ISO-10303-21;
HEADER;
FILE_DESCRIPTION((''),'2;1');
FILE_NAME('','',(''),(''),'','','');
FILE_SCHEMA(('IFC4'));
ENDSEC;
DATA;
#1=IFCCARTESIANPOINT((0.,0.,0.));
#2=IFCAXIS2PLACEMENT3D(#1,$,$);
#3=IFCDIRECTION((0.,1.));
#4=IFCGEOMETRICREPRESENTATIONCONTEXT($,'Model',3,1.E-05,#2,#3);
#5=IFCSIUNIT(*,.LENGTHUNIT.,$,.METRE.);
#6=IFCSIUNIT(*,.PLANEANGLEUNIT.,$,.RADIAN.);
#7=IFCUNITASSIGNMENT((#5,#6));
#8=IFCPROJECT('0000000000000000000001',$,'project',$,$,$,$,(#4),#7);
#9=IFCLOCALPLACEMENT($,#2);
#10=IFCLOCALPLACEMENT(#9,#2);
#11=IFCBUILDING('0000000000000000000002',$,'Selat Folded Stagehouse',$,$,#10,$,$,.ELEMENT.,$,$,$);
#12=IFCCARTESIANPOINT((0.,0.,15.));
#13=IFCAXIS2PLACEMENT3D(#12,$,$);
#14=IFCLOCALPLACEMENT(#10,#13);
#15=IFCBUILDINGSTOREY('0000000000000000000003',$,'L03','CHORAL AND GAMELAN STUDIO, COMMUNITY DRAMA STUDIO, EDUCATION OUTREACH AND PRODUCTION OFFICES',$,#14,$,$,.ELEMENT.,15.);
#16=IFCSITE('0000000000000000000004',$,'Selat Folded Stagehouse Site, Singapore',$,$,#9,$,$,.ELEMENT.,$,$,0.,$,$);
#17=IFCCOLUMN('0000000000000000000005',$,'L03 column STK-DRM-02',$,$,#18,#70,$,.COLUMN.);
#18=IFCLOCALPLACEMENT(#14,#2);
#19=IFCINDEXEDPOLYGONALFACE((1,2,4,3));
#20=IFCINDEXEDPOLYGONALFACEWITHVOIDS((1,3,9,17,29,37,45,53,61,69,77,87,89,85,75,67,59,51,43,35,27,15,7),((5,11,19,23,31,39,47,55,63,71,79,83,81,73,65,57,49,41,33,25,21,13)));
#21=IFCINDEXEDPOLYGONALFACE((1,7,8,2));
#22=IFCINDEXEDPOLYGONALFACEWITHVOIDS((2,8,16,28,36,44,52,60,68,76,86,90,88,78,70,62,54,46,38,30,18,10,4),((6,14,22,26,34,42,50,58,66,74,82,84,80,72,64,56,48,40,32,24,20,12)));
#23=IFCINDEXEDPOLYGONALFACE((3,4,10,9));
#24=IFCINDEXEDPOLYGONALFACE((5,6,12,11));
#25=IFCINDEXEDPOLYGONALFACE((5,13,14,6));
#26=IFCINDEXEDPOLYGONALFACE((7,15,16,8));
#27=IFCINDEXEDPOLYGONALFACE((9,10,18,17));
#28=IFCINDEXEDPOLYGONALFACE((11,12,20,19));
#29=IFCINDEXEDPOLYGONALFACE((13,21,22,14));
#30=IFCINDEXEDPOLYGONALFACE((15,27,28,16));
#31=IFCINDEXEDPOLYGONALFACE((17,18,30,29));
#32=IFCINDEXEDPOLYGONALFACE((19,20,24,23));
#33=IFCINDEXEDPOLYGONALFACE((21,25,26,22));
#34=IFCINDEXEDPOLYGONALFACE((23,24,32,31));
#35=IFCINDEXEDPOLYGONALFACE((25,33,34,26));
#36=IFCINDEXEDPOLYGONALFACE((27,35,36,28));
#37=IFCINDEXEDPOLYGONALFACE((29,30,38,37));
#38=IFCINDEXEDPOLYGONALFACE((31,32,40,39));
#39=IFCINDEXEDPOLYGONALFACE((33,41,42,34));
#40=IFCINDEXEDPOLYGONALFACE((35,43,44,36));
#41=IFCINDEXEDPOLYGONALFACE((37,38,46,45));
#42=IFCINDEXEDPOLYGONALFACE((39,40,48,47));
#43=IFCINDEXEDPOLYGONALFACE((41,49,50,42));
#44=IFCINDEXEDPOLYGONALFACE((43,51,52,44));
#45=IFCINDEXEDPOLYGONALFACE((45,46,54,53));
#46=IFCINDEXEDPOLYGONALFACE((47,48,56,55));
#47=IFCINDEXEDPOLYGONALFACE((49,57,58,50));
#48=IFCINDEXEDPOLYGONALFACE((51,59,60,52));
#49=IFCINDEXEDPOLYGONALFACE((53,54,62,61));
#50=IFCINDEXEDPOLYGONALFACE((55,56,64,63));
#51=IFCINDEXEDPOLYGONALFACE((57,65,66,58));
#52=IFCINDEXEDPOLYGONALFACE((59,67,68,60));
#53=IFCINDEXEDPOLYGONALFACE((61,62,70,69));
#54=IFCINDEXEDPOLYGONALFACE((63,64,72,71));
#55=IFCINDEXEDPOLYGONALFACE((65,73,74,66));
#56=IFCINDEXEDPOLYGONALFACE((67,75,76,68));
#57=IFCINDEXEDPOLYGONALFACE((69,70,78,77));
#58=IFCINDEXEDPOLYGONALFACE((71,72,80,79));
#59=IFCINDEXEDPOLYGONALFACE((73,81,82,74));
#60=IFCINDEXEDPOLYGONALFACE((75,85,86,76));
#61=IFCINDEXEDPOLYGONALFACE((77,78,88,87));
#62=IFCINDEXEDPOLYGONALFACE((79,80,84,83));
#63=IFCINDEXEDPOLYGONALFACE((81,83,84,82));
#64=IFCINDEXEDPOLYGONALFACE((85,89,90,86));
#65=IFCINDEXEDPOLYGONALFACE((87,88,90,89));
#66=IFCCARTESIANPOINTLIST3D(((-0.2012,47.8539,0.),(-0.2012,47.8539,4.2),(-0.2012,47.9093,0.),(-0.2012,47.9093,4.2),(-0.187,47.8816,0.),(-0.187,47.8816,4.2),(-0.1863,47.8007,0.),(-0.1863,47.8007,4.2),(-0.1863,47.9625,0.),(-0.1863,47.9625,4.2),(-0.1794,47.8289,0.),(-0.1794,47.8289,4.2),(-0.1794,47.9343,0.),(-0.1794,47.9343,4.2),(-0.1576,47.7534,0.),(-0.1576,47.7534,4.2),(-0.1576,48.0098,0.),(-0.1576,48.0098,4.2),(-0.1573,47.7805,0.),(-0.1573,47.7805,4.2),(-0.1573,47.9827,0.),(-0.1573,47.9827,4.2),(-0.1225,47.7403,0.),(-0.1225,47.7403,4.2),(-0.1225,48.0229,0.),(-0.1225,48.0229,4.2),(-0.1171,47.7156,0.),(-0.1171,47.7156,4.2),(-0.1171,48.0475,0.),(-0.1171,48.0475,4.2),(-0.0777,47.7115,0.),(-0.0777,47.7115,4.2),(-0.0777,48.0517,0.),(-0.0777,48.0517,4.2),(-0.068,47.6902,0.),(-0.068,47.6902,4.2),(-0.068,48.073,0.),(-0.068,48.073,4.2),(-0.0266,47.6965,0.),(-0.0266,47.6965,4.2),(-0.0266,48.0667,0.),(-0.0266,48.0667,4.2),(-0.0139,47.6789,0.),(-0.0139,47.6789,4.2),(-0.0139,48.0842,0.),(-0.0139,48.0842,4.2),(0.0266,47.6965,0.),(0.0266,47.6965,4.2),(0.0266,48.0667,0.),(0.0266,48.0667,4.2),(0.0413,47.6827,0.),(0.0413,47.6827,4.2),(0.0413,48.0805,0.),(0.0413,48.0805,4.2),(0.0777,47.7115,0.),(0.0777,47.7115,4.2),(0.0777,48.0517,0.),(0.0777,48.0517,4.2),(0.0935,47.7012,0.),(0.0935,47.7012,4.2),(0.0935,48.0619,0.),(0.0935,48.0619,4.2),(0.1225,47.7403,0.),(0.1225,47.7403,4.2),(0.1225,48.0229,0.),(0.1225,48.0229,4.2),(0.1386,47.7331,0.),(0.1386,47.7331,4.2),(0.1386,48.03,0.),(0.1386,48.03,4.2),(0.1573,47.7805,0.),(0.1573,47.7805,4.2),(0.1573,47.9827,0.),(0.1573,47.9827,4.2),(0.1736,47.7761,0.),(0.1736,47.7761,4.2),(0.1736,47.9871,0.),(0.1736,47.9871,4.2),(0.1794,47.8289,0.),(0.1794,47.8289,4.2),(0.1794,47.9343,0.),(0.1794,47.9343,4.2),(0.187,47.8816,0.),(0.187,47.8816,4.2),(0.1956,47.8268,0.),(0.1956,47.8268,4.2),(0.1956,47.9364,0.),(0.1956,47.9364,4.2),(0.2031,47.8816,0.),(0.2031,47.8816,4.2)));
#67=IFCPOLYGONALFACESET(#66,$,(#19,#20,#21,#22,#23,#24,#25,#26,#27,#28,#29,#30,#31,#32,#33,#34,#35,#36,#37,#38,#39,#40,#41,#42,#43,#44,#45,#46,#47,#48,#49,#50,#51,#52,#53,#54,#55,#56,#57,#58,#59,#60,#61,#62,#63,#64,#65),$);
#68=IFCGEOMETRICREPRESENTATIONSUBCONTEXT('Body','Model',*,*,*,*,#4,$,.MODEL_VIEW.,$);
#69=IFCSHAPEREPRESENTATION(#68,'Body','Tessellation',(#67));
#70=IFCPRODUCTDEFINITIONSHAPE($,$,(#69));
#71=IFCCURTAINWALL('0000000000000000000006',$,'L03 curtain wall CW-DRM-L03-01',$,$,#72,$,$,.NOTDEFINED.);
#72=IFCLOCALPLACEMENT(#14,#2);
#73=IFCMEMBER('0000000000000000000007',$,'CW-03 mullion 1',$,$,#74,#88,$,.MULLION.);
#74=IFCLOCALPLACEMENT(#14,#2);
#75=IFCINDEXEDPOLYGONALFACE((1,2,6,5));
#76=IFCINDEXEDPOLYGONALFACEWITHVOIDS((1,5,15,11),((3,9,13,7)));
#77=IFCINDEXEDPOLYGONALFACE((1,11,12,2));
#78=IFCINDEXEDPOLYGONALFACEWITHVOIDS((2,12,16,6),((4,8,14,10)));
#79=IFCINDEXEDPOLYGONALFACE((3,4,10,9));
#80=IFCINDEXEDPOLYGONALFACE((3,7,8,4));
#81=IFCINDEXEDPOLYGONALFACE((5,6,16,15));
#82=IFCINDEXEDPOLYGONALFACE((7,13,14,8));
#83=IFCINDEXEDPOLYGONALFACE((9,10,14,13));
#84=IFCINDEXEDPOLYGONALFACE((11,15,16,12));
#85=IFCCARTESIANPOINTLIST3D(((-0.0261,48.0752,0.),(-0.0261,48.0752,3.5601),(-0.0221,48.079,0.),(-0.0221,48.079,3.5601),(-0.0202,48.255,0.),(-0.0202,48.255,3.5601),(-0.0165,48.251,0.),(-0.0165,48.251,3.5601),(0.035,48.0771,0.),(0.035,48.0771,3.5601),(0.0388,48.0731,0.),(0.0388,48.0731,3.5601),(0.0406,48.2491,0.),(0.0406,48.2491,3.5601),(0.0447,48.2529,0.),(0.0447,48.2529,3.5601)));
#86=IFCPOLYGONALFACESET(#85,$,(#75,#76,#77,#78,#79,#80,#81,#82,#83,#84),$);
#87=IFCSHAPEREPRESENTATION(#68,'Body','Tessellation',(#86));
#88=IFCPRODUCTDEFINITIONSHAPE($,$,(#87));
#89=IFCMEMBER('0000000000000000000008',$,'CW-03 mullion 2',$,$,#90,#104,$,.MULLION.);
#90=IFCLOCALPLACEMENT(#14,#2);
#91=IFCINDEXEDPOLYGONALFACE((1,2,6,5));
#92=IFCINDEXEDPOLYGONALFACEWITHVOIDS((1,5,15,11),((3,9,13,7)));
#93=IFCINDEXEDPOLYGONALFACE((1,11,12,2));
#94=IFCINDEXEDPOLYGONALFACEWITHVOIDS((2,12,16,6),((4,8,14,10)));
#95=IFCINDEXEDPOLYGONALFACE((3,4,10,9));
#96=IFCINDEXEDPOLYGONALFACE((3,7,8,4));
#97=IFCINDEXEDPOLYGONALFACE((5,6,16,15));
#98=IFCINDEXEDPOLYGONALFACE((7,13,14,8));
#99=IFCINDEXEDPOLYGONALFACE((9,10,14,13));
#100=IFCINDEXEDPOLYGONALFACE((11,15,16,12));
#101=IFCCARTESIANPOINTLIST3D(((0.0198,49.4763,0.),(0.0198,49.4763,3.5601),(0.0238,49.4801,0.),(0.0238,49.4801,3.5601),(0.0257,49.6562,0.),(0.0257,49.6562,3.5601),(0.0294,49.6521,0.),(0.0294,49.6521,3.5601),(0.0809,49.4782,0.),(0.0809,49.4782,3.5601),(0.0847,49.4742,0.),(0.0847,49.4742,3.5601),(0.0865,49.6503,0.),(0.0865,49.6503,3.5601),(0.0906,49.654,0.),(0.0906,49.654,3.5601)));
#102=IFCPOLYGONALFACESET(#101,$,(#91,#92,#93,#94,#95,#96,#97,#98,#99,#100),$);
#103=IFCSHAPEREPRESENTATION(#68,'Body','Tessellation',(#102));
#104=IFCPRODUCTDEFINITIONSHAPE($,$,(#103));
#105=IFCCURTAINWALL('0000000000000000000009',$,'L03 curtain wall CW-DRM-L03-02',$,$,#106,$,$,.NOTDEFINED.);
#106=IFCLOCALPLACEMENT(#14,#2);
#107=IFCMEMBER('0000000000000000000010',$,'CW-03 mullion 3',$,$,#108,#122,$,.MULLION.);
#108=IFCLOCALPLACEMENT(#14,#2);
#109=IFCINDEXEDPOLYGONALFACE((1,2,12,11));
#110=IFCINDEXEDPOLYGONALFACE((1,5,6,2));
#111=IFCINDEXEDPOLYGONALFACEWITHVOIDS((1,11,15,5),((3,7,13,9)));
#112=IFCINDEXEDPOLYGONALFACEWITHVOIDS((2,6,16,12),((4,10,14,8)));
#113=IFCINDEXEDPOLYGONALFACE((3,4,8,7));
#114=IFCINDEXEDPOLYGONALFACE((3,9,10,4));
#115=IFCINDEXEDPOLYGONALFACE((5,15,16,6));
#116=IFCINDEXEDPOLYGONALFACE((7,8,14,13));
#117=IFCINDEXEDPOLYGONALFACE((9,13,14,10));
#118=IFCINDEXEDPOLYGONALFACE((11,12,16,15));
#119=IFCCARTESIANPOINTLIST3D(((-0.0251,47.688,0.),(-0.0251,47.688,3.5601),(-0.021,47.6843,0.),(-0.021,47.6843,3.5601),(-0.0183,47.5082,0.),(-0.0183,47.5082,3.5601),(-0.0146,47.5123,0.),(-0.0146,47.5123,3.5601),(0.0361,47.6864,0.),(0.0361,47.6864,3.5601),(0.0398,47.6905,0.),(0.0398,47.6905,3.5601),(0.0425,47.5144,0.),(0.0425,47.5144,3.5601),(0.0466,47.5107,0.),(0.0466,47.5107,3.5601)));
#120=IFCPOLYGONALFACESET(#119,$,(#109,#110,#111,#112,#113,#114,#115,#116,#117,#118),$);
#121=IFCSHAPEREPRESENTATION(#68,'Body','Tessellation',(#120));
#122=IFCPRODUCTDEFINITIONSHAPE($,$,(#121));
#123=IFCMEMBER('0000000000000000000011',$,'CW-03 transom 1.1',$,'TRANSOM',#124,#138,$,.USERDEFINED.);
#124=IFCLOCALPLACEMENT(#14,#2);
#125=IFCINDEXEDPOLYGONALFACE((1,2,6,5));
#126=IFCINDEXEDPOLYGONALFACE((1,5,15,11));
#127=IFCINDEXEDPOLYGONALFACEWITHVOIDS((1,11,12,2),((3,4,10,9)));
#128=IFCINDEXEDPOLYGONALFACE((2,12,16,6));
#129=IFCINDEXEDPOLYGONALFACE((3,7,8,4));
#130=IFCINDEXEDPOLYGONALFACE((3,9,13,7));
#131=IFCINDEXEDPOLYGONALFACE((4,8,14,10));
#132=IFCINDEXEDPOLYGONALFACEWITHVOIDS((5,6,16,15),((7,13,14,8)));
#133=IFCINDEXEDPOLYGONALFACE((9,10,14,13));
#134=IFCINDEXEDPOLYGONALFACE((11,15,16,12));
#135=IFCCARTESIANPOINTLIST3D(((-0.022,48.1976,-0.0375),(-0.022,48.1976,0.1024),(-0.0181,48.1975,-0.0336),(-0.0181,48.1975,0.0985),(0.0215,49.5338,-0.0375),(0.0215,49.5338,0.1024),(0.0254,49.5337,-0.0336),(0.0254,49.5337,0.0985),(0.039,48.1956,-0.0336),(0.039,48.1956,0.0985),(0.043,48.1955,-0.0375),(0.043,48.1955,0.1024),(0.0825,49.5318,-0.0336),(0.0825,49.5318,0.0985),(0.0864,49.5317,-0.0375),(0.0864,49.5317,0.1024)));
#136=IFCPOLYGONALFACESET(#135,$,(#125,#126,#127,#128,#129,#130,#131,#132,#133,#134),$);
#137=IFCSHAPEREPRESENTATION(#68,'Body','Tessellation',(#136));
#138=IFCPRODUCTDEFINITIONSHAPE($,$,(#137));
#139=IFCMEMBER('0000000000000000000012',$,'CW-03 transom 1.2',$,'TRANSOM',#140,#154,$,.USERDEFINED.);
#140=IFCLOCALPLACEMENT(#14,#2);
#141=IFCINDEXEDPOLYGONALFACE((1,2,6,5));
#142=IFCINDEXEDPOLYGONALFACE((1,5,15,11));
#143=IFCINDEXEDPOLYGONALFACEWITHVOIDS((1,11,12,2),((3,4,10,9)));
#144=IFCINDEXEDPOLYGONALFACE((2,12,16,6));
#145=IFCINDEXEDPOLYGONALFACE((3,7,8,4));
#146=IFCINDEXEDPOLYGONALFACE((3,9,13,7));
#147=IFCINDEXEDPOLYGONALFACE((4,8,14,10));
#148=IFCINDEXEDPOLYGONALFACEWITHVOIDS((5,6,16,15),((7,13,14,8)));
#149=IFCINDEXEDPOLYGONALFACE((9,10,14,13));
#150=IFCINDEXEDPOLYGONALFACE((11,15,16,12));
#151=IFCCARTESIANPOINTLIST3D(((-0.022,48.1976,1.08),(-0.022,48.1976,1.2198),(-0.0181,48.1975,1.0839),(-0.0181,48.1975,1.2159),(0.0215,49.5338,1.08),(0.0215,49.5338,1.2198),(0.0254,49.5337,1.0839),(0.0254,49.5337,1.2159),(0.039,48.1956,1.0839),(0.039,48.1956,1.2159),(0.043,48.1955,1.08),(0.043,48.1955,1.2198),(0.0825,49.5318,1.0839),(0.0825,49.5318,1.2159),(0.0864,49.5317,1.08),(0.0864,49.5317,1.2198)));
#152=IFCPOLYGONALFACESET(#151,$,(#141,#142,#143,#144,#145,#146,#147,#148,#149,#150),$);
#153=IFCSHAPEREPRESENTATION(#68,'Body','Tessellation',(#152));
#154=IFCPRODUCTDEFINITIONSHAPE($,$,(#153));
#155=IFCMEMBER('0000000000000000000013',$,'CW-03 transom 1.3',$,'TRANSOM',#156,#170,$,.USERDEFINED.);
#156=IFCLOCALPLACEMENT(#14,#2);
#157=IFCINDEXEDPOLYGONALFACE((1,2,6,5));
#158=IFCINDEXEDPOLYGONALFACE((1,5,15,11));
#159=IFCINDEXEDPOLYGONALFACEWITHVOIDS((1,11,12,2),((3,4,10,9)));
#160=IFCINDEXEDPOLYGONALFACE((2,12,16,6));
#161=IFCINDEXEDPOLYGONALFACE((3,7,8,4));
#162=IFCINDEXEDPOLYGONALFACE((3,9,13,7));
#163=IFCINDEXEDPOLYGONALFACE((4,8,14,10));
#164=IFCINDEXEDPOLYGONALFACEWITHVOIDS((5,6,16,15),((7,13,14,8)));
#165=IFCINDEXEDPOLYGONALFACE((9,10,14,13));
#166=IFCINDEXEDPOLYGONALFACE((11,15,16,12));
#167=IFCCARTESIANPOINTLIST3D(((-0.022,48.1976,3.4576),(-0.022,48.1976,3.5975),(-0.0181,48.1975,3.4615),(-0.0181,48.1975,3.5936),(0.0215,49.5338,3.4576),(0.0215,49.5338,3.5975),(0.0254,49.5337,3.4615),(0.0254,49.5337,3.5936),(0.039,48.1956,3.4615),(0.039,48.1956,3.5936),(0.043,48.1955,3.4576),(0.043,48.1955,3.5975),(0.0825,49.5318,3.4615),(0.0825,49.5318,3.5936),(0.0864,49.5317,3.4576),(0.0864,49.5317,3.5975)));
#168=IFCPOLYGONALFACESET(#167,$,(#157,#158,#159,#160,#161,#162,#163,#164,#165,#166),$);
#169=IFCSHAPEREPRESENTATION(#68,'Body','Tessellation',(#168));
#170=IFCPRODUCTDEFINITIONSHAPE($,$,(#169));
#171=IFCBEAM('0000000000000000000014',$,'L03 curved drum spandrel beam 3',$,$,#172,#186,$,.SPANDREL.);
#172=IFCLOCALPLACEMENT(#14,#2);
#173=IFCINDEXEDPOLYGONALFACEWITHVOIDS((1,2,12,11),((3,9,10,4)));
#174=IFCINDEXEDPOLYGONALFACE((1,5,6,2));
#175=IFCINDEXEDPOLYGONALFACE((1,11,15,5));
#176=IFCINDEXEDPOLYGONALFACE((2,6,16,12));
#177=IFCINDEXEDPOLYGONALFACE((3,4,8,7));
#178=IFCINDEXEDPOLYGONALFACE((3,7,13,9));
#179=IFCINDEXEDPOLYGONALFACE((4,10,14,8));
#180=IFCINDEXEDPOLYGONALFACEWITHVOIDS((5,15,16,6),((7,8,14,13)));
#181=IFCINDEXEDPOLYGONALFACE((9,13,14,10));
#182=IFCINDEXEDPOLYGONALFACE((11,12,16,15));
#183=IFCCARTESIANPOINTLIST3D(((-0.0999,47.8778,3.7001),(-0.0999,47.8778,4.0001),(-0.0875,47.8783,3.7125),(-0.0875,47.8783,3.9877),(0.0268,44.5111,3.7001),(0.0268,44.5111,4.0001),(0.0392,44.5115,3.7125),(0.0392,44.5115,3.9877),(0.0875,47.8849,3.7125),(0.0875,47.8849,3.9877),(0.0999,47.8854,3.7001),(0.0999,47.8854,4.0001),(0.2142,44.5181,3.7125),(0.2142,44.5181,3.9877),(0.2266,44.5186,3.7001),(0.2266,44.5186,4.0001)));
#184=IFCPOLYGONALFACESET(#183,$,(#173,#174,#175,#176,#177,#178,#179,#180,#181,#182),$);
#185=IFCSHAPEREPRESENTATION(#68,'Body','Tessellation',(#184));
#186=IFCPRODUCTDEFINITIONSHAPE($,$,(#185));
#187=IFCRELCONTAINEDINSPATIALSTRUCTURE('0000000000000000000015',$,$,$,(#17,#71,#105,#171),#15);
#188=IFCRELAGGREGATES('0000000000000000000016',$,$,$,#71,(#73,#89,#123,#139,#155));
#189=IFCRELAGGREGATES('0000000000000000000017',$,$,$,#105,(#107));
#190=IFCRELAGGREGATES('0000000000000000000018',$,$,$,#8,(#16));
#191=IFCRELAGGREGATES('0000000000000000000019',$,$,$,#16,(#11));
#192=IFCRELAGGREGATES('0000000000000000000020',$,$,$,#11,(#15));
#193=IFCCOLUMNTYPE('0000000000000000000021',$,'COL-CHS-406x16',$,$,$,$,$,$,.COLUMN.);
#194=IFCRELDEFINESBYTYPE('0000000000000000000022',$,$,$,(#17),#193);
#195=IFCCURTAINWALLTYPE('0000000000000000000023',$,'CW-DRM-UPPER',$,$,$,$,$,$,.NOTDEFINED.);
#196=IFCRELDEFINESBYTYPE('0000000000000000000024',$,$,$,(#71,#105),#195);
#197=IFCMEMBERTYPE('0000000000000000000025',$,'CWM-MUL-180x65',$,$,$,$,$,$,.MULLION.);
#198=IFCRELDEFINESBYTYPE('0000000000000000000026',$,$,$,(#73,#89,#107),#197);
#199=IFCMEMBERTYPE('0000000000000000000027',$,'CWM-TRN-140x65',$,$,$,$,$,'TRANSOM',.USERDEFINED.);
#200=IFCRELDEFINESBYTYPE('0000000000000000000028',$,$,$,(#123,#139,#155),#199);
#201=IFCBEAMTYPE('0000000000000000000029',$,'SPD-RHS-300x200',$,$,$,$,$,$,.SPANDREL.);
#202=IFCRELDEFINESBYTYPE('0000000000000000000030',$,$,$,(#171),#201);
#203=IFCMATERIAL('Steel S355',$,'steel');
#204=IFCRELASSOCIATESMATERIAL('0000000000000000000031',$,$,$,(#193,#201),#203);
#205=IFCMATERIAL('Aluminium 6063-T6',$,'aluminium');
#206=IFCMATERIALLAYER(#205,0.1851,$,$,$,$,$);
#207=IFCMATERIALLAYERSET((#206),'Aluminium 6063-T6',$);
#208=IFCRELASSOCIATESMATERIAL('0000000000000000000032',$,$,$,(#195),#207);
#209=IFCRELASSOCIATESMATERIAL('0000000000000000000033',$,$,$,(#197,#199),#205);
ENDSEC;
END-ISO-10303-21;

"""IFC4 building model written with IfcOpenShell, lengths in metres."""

from ifc_helpers import new_model, si_unit, direction, frame, origin, origin_2d, place, context, subcontext, project, spatial, hollow_rectangle, hollow_circle, extrude, material, layer, layer_set, material_profile, profile_set, type_object, element, aggregate, save


model = new_model("IFC4")

# Units and contexts
model_context = context("Model", 3, precision=1e-05, world=origin(), true_north=direction((0.0, 1.0)))
body_context = subcontext(model_context, "Body", "Model", "MODEL_VIEW")
ifc_project = project(units=[si_unit("LENGTHUNIT", "METRE"), si_unit("PLANEANGLEUNIT", "RADIAN")], contexts=[model_context])

# Site, building, storey
site_placement = place(None, origin())
site = spatial("IfcSite", under=ifc_project, at=site_placement, Name="Selat Folded Stagehouse Site, Singapore", CompositionType="ELEMENT", RefElevation=0.0)
building_placement = place(site_placement, origin())
building = spatial("IfcBuilding", under=site, at=building_placement, Name="Selat Folded Stagehouse", CompositionType="ELEMENT")
storey_placement = place(building_placement, frame((0.0, 0.0, 15.0)))
storey = spatial("IfcBuildingStorey", under=building, at=storey_placement, Name="L03", Description="CHORAL AND GAMELAN STUDIO, COMMUNITY DRAMA STUDIO, EDUCATION OUTREACH AND PRODUCTION OFFICES", CompositionType="ELEMENT", Elevation=15.0)

# Column
ifc_material_1 = material(Name="Steel S355", Category="steel")
ifc_material_profile_1 = material_profile(ifc_material_1, hollow_circle(Radius=0.2031, WallThickness=0.0161, at=origin_2d()), Name="CHS 406.4x16.0")
ifc_profile_set_1 = profile_set([ifc_material_profile_1], Name="Steel S355")
column_type = type_object("IfcColumnType", Name="COL-CHS-406x16", PredefinedType="COLUMN", material=ifc_profile_set_1)
column_placement = place(storey_placement, frame((0.0, 47.8816, 0.0), z_axis=(0.0, 0.0, 1.0), x_axis=(1.0, 0.0, 0.0)))
element("IfcColumn", 1, at=column_placement, inside=storey, type_object=column_type, Name="L03 column STK-DRM-02", PredefinedType="COLUMN", context=body_context, shape_type="SweptSolid", body=[
    extrude(hollow_circle(Radius=0.2031, WallThickness=0.0161, at=origin_2d()), origin(), (0.0, 0.0, 1.0), 4.2),
])

# Curtain wall, members
ifc_material_2 = material(Name="Aluminium 6063-T6", Category="aluminium")
ifc_layer_1 = layer(ifc_material_2, 0.1851)
ifc_layer_set_1 = layer_set([ifc_layer_1], Name="Aluminium 6063-T6")
curtain_wall_type = type_object("IfcCurtainWallType", Name="CW-DRM-UPPER", PredefinedType="NOTDEFINED", material=ifc_layer_set_1)
curtain_wall_1_placement = place(storey_placement, origin())
curtain_wall_1 = element("IfcCurtainWall", 2, at=curtain_wall_1_placement, inside=storey, type_object=curtain_wall_type, Name="L03 curtain wall CW-DRM-L03-01", PredefinedType="NOTDEFINED")
ifc_material_profile_2 = material_profile(ifc_material_2, hollow_rectangle(XDim=0.0649, YDim=0.1799, WallThickness=0.0039, at=origin_2d()), Name="ALU 180x65x4.0")
ifc_profile_set_2 = profile_set([ifc_material_profile_2], Name="Aluminium 6063-T6")
member_type_1 = type_object("IfcMemberType", Name="CWM-MUL-180x65", PredefinedType="MULLION", material=ifc_profile_set_2)
member_1_placement = place(storey_placement, frame((0.0093, 48.1641, 0.0), z_axis=(0.0, 0.0, 1.0), x_axis=(-0.999468, 0.032625, 0.0)))
member_1 = element("IfcMember", 3, at=member_1_placement, type_object=member_type_1, Name="CW-03 mullion 1", PredefinedType="MULLION", context=body_context, shape_type="SweptSolid", body=[
    extrude(hollow_rectangle(XDim=0.0649, YDim=0.1799, WallThickness=0.0039, at=origin_2d()), origin(), (0.0, 0.0, 1.0), 3.5601),
])
member_2_placement = place(storey_placement, frame((0.0552, 49.5652, 0.0), z_axis=(0.0, 0.0, 1.0), x_axis=(-0.999468, 0.032625, 0.0)))
member_2 = element("IfcMember", 4, at=member_2_placement, type_object=member_type_1, Name="CW-03 mullion 2", PredefinedType="MULLION", context=body_context, shape_type="SweptSolid", body=[
    extrude(hollow_rectangle(XDim=0.0649, YDim=0.1799, WallThickness=0.0039, at=origin_2d()), origin(), (0.0, 0.0, 1.0), 3.5601),
])

# Curtain wall, member
curtain_wall_2_placement = place(storey_placement, origin())
curtain_wall_2 = element("IfcCurtainWall", 5, at=curtain_wall_2_placement, inside=storey, type_object=curtain_wall_type, Name="L03 curtain wall CW-DRM-L03-02", PredefinedType="NOTDEFINED")
member_3_placement = place(storey_placement, frame((0.0107, 47.5994, 0.0), z_axis=(0.0, 0.0, 1.0), x_axis=(-0.999294, -0.037574, 0.0)))
member_3 = element("IfcMember", 6, at=member_3_placement, type_object=member_type_1, Name="CW-03 mullion 3", PredefinedType="MULLION", context=body_context, shape_type="SweptSolid", body=[
    extrude(hollow_rectangle(XDim=0.0649, YDim=0.1799, WallThickness=0.0039, at=origin_2d()), origin(), (0.0, 0.0, 1.0), 3.5601),
])

# Members
ifc_material_profile_3 = material_profile(ifc_material_2, hollow_rectangle(XDim=0.0649, YDim=0.1399, WallThickness=0.0039, at=origin_2d()), Name="ALU 140x65x4.0")
ifc_profile_set_3 = profile_set([ifc_material_profile_3], Name="Aluminium 6063-T6")
member_type_2 = type_object("IfcMemberType", Name="CWM-TRN-140x65", ElementType="TRANSOM", PredefinedType="USERDEFINED", material=ifc_profile_set_3)
member_4_placement = place(storey_placement, frame((0.0105, 48.1965, 0.0325), z_axis=(0.032506, 0.999472, 0.0), x_axis=(-0.999472, 0.032506, 0.0)))
member_4 = element("IfcMember", 7, at=member_4_placement, type_object=member_type_2, Name="CW-03 transom 1.1", ObjectType="TRANSOM", PredefinedType="USERDEFINED", context=body_context, shape_type="SweptSolid", body=[
    extrude(hollow_rectangle(XDim=0.0649, YDim=0.1399, WallThickness=0.0039, at=origin_2d()), origin(), (0.0, 0.0, 1.0), 1.3369),
])
member_5_placement = place(storey_placement, frame((0.0105, 48.1965, 1.1499), z_axis=(0.032506, 0.999472, 0.0), x_axis=(-0.999472, 0.032506, 0.0)))
member_5 = element("IfcMember", 8, at=member_5_placement, type_object=member_type_2, Name="CW-03 transom 1.2", ObjectType="TRANSOM", PredefinedType="USERDEFINED", context=body_context, shape_type="SweptSolid", body=[
    extrude(hollow_rectangle(XDim=0.0649, YDim=0.1399, WallThickness=0.0039, at=origin_2d()), origin(), (0.0, 0.0, 1.0), 1.3369),
])
member_6_placement = place(storey_placement, frame((0.0105, 48.1965, 3.5276), z_axis=(0.032506, 0.999472, 0.0), x_axis=(-0.999472, 0.032506, 0.0)))
member_6 = element("IfcMember", 9, at=member_6_placement, type_object=member_type_2, Name="CW-03 transom 1.3", ObjectType="TRANSOM", PredefinedType="USERDEFINED", context=body_context, shape_type="SweptSolid", body=[
    extrude(hollow_rectangle(XDim=0.0649, YDim=0.1399, WallThickness=0.0039, at=origin_2d()), origin(), (0.0, 0.0, 1.0), 1.3369),
])

# Beam
ifc_material_profile_4 = material_profile(ifc_material_1, hollow_rectangle(XDim=0.2, YDim=0.3, WallThickness=0.0125, at=origin_2d()), Name="RHS 300x200x12.5")
ifc_profile_set_4 = profile_set([ifc_material_profile_4], Name="Steel S355")
beam_type = type_object("IfcBeamType", Name="SPD-RHS-300x200", PredefinedType="SPANDREL", material=ifc_profile_set_4)
beam_placement = place(storey_placement, frame((0.0, 47.8816, 3.8501), z_axis=(0.037609, -0.999293, 0.0), x_axis=(0.999293, 0.037609, 0.0)))
element("IfcBeam", 10, at=beam_placement, inside=storey, type_object=beam_type, Name="L03 curved drum spandrel beam 3", PredefinedType="SPANDREL", context=body_context, shape_type="SweptSolid", body=[
    extrude(hollow_rectangle(XDim=0.2, YDim=0.3, WallThickness=0.0125, at=origin_2d()), origin(), (0.0, 0.0, 1.0), 3.3691),
])

aggregate(curtain_wall_1, [member_1, member_2, member_4, member_5, member_6])
aggregate(curtain_wall_2, [member_3])

save(model, "model.ifc")
